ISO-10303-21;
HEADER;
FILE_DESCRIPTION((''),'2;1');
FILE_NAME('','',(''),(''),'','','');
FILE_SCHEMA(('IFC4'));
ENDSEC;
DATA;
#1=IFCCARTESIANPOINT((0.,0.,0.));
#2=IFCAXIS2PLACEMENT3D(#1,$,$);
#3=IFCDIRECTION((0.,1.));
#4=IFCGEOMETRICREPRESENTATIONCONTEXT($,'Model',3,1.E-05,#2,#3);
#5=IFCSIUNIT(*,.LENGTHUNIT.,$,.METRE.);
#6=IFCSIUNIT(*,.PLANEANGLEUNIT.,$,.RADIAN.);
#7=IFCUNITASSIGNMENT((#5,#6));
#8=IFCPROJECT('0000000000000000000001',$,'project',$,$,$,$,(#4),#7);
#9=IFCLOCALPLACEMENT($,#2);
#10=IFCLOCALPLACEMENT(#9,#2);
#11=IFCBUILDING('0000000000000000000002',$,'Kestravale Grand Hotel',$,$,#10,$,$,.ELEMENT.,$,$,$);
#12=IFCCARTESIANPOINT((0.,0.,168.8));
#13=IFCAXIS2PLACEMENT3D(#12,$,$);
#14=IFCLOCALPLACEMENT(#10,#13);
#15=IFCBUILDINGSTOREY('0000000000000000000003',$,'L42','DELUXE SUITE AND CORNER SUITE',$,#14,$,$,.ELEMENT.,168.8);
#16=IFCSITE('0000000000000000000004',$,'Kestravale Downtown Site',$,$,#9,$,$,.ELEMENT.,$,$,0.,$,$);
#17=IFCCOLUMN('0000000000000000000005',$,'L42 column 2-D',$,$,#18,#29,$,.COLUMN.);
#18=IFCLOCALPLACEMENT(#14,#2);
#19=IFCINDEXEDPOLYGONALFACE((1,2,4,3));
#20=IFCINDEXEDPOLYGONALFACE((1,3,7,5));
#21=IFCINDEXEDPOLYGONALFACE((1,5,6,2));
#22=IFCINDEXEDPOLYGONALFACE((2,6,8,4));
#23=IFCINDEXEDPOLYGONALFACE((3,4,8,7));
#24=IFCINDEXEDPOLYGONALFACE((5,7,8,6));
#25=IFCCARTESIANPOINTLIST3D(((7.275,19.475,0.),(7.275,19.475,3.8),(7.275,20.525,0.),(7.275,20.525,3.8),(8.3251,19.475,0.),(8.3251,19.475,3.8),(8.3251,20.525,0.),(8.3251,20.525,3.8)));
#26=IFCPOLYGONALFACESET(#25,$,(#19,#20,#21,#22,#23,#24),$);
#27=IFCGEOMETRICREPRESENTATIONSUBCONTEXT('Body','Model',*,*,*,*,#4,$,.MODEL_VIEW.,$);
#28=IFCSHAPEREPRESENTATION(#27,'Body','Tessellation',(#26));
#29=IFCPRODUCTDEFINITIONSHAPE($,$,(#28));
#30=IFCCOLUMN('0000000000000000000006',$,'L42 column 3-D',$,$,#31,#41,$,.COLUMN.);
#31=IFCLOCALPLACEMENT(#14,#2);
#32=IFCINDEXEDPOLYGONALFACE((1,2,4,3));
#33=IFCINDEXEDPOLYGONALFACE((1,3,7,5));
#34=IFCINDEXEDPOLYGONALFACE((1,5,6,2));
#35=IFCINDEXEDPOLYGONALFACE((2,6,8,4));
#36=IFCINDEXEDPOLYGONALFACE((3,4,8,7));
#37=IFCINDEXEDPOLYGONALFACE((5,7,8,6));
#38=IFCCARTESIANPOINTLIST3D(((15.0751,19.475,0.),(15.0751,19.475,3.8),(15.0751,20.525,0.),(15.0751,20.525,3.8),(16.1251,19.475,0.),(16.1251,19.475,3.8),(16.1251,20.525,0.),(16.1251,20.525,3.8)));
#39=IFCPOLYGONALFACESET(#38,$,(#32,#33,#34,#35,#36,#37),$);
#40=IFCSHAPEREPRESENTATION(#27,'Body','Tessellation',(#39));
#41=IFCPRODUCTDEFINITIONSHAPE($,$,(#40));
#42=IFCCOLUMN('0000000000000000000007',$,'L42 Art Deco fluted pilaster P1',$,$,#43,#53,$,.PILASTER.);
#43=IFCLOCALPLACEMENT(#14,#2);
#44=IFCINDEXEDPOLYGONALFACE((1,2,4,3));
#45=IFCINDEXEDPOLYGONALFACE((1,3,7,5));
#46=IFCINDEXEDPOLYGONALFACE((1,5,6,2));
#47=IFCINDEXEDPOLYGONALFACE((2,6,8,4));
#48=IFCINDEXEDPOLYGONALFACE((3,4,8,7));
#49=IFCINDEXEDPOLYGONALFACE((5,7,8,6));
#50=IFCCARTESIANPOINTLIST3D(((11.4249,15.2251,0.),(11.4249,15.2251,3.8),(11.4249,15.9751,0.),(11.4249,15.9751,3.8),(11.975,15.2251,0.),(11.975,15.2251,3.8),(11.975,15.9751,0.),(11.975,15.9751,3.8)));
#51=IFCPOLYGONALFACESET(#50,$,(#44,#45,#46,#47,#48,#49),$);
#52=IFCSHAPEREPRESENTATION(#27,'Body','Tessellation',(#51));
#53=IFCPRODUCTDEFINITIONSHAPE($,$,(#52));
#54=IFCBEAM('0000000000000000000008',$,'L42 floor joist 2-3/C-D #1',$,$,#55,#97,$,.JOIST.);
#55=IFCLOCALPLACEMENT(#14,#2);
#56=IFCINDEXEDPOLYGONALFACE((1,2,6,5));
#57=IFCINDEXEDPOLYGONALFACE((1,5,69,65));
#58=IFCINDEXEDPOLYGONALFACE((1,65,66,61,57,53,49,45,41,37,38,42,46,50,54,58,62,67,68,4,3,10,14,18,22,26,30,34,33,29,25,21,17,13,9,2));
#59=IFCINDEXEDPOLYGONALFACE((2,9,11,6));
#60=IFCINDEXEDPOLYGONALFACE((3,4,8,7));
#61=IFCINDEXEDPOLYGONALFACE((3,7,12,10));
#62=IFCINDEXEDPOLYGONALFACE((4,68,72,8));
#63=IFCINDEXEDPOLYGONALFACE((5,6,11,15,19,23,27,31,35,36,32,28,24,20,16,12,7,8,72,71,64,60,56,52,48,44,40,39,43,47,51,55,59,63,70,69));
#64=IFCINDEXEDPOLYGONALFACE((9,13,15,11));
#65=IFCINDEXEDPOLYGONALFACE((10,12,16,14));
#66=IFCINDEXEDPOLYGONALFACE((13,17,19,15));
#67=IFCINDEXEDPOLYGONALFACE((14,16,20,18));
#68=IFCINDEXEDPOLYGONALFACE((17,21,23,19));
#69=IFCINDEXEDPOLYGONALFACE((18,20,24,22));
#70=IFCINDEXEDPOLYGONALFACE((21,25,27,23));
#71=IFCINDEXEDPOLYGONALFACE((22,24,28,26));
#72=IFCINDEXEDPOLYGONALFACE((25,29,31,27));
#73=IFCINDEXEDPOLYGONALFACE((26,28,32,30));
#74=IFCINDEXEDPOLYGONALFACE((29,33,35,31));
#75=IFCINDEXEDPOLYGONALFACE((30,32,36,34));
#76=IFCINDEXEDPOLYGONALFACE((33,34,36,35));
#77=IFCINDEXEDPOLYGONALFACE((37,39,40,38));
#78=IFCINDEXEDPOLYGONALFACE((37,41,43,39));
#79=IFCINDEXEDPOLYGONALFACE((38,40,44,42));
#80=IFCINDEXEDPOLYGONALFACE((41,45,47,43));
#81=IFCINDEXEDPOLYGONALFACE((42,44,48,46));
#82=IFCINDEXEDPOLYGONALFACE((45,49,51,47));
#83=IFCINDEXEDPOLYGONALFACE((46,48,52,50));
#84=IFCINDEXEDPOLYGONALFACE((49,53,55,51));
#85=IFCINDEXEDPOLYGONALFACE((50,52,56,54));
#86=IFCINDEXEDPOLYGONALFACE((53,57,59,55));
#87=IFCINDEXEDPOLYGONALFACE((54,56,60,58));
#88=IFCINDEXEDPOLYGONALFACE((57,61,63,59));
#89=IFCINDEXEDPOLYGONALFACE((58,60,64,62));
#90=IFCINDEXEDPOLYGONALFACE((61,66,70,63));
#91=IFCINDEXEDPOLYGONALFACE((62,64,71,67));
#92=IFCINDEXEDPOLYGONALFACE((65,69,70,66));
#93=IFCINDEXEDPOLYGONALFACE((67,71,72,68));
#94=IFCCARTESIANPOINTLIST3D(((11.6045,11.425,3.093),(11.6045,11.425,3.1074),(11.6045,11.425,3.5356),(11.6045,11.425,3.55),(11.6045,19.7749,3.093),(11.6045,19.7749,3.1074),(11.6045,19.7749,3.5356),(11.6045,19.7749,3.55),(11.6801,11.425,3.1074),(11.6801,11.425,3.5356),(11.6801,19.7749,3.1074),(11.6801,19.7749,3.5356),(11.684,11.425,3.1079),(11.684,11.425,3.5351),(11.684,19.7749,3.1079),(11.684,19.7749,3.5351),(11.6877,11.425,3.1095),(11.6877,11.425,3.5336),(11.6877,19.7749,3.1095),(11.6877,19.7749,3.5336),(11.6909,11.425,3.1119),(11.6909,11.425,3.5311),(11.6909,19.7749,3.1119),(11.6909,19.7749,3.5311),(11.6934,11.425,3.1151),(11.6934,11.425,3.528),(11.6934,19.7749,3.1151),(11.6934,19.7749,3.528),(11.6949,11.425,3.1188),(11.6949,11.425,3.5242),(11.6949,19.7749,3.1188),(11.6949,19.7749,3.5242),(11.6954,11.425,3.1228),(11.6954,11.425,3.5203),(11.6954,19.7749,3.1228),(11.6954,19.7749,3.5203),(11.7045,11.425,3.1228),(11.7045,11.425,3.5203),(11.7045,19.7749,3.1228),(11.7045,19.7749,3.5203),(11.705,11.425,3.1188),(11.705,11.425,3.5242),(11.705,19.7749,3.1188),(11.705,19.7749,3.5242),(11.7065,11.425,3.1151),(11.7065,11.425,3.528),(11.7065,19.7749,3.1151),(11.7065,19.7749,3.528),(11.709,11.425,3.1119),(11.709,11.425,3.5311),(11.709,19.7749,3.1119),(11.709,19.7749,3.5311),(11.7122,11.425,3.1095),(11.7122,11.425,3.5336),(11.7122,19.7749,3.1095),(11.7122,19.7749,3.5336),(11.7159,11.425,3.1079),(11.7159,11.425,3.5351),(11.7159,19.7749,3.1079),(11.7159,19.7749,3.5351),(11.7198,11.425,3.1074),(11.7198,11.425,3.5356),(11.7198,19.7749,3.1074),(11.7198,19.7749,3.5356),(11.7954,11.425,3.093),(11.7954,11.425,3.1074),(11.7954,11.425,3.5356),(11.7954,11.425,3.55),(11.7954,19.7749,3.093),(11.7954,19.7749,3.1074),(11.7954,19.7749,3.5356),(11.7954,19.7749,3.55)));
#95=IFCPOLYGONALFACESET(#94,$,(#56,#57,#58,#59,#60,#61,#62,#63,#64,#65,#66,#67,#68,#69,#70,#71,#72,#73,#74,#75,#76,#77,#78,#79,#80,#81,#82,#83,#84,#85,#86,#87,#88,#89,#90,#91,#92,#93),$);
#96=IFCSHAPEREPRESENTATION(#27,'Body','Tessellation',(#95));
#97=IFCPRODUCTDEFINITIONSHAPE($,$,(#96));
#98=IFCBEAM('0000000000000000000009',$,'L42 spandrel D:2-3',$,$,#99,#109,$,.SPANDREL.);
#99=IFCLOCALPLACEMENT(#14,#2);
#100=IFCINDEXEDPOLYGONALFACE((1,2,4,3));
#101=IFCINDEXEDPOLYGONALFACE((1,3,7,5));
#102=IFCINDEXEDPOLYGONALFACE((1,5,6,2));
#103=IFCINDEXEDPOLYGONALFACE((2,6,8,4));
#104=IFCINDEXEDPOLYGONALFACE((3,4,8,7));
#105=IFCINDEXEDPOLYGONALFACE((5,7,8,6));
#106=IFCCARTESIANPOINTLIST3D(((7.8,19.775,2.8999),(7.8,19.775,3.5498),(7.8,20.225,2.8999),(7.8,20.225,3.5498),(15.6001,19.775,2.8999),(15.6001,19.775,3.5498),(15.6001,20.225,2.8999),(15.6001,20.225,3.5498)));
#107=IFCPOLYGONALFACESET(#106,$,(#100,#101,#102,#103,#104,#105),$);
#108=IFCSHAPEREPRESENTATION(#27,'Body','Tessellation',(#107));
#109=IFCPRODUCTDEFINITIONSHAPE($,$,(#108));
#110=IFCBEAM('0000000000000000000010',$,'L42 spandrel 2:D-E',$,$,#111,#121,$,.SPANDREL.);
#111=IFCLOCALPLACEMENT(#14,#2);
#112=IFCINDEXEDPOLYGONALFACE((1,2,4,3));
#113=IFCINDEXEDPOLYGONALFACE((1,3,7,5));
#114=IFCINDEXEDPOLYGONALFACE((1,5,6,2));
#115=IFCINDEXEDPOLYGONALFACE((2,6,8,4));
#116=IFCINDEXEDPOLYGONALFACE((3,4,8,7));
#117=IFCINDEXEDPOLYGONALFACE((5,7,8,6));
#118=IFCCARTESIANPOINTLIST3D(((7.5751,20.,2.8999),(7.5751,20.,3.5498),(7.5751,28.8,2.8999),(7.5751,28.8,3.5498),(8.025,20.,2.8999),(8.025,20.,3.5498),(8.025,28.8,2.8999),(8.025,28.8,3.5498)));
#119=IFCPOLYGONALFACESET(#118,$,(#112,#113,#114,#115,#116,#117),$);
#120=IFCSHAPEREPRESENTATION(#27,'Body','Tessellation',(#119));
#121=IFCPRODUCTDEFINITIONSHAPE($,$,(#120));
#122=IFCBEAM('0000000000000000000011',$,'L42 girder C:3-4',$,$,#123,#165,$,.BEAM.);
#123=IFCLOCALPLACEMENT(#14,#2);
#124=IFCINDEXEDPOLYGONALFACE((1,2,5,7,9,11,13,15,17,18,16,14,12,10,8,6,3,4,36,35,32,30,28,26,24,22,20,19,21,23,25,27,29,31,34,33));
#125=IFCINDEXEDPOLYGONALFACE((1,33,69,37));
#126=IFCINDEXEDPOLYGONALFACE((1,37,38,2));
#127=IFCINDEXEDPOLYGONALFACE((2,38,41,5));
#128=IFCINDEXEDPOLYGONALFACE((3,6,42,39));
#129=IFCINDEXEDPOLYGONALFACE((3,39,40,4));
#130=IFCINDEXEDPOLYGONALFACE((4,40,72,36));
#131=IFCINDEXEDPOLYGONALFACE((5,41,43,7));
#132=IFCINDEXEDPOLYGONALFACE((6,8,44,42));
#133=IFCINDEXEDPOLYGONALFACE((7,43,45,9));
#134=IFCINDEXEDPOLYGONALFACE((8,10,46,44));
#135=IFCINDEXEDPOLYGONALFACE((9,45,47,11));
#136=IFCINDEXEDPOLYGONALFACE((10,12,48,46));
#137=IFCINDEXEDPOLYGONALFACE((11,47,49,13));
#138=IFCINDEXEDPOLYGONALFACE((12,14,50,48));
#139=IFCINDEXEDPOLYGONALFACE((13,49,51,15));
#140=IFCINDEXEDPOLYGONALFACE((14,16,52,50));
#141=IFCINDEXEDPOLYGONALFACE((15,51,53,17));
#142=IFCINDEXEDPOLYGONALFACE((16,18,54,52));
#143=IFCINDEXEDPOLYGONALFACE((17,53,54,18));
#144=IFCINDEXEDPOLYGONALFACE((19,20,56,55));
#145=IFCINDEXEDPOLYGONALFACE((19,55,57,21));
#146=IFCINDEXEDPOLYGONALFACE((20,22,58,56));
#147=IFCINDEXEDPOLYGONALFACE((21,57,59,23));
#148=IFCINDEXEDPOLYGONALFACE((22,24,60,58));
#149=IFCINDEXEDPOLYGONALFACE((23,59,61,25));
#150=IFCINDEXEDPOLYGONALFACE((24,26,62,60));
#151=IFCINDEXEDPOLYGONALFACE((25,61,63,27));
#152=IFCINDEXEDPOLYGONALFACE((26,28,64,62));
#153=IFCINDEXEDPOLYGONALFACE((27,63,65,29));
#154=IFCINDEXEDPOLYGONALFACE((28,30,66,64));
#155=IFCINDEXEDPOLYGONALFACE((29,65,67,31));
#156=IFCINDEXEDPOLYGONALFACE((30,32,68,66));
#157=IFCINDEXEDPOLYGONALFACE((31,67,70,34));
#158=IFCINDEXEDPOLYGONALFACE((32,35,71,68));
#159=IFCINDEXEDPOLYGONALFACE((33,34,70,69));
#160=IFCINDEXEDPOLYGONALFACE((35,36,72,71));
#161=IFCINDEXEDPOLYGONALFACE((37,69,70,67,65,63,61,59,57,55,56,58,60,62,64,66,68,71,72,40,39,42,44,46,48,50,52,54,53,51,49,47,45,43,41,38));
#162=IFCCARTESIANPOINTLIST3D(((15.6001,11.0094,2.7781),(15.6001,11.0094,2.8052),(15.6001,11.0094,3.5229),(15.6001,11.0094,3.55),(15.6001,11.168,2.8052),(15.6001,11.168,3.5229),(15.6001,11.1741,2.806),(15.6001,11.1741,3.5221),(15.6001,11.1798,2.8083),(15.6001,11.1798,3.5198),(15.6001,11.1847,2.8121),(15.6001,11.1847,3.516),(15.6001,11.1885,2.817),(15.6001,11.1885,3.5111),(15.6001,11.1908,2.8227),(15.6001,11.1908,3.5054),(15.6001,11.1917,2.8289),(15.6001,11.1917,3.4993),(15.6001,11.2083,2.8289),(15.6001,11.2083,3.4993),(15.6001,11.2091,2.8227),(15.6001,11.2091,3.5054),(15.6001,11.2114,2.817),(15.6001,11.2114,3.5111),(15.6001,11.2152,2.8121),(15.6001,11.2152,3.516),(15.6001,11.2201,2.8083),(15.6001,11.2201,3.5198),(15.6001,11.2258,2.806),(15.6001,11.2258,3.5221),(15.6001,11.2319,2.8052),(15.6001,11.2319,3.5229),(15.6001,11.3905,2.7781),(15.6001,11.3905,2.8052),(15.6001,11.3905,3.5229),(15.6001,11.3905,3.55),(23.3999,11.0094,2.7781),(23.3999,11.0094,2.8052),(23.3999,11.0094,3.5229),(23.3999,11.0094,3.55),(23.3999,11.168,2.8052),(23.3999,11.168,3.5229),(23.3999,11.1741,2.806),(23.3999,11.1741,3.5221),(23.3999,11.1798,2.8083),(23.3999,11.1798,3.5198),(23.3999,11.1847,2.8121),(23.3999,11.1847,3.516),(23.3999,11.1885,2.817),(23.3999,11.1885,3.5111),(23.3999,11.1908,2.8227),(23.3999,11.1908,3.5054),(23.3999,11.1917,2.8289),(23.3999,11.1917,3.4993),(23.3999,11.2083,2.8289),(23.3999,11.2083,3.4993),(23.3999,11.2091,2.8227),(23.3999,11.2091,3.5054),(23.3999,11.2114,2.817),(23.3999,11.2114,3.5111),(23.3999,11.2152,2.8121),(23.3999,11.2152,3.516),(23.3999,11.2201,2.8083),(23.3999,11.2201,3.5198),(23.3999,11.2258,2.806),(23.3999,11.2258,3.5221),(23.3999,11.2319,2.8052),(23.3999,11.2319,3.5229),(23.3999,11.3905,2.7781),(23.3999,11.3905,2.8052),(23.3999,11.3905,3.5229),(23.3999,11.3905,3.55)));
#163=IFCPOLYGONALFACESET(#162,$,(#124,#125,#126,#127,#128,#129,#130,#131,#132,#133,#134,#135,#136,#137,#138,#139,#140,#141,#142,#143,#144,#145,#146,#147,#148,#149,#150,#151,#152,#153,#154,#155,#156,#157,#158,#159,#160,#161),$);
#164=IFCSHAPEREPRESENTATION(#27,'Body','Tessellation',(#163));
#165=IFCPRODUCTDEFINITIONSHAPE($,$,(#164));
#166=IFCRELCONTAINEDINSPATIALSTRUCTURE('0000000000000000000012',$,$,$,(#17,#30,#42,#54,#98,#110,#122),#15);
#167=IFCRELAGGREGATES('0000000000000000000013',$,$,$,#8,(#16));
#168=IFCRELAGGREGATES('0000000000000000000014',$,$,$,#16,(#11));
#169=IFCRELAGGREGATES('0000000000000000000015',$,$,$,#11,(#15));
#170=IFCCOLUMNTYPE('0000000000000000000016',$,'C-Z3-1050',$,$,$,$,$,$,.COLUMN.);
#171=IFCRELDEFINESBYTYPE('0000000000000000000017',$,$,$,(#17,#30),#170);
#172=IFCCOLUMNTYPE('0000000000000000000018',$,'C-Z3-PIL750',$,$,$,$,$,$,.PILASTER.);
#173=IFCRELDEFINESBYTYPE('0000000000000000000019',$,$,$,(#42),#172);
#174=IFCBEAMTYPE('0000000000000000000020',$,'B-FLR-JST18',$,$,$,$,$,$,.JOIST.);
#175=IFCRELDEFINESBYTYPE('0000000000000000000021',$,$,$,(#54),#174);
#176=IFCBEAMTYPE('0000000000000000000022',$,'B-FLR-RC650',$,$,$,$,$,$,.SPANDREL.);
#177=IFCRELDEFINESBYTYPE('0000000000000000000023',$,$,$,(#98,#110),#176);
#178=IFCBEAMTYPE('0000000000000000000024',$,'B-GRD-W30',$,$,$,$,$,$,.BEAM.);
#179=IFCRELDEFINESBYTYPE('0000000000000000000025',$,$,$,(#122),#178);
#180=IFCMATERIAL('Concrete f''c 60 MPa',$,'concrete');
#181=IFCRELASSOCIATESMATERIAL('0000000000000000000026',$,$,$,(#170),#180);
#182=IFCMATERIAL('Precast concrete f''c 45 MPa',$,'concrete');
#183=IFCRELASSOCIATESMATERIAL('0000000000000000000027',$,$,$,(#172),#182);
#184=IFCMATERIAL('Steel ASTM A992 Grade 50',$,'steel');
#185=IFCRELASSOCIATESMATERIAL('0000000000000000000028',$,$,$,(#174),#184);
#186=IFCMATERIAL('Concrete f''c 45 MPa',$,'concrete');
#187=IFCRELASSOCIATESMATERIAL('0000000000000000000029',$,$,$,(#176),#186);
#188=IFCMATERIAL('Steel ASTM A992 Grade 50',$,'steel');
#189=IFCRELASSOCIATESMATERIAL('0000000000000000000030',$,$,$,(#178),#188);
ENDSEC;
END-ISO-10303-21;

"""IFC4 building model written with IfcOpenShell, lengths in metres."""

from ifc_helpers import new_model, si_unit, direction, frame, origin, origin_2d, place, context, subcontext, project, spatial, rectangle, i_section, extrude, material, material_profile, profile_set, type_object, element, save


model = new_model("IFC4")

# Units and contexts
model_context = context("Model", 3, precision=1e-05, world=origin(), true_north=direction((0.0, 1.0)))
body_context = subcontext(model_context, "Body", "Model", "MODEL_VIEW")
ifc_project = project(units=[si_unit("LENGTHUNIT", "METRE"), si_unit("PLANEANGLEUNIT", "RADIAN")], contexts=[model_context])

# Site, building, storey
site_placement = place(None, origin())
site = spatial("IfcSite", under=ifc_project, at=site_placement, Name="Kestravale Downtown Site", CompositionType="ELEMENT", RefElevation=0.0)
building_placement = place(site_placement, origin())
building = spatial("IfcBuilding", under=site, at=building_placement, Name="Kestravale Grand Hotel", CompositionType="ELEMENT")
storey_placement = place(building_placement, frame((0.0, 0.0, 168.8)))
storey = spatial("IfcBuildingStorey", under=building, at=storey_placement, Name="L42", Description="DELUXE SUITE AND CORNER SUITE", CompositionType="ELEMENT", Elevation=168.8)

# Columns
ifc_material_1 = material(Name="Concrete f'c 60 MPa", Category="concrete")
ifc_material_profile_1 = material_profile(ifc_material_1, rectangle(XDim=1.05, YDim=1.05, at=origin_2d()))
ifc_profile_set_1 = profile_set([ifc_material_profile_1], Name="Concrete f'c 60 MPa")
column_type_1 = type_object("IfcColumnType", Name="C-Z3-1050", PredefinedType="COLUMN", material=ifc_profile_set_1)
for number, where, z_axis, x_axis, name in (
    (1, (7.8, 20.0, 0.0), (0.0, 0.0, 1.0), (1.0, 0.0, 0.0), "L42 column 2-D"),
    (2, (15.6001, 20.0, 0.0), (0.0, 0.0, 1.0), (1.0, 0.0, 0.0), "L42 column 3-D"),
):
    element("IfcColumn", number, at=place(storey_placement, frame(where, z_axis=z_axis, x_axis=x_axis)), inside=storey, type_object=column_type_1, Name=name, PredefinedType="COLUMN", context=body_context, shape_type="SweptSolid", body=[
        extrude(rectangle(XDim=1.05, YDim=1.05, at=origin_2d()), origin(), (0.0, 0.0, 1.0), 3.8),
    ])
ifc_material_2 = material(Name="Precast concrete f'c 45 MPa", Category="concrete")
ifc_material_profile_2 = material_profile(ifc_material_2, rectangle(XDim=0.55, YDim=0.75, at=origin_2d()))
ifc_profile_set_2 = profile_set([ifc_material_profile_2], Name="Precast concrete f'c 45 MPa")
column_type_2 = type_object("IfcColumnType", Name="C-Z3-PIL750", PredefinedType="PILASTER", material=ifc_profile_set_2)
column_placement = place(storey_placement, frame((11.7, 15.6001, 0.0), z_axis=(0.0, 0.0, 1.0), x_axis=(1.0, 0.0, 0.0)))
element("IfcColumn", 3, at=column_placement, inside=storey, type_object=column_type_2, Name="L42 Art Deco fluted pilaster P1", PredefinedType="PILASTER", context=body_context, shape_type="SweptSolid", body=[
    extrude(rectangle(XDim=0.55, YDim=0.75, at=origin_2d()), origin(), (0.0, 0.0, 1.0), 3.8),
])

# Beams
ifc_material_3 = material(Name="Steel ASTM A992 Grade 50", Category="steel")
ifc_material_profile_3 = material_profile(ifc_material_3, i_section(OverallWidth=0.1909, OverallDepth=0.457, WebThickness=0.009, FlangeThickness=0.0144, FilletRadius=0.0154, at=origin_2d()))
ifc_profile_set_3 = profile_set([ifc_material_profile_3], Name="Steel ASTM A992 Grade 50")
beam_type_1 = type_object("IfcBeamType", Name="B-FLR-JST18", PredefinedType="JOIST", material=ifc_profile_set_3)
beam_1_placement = place(storey_placement, frame((11.7, 11.425, 3.3215), z_axis=(0.0, 1.0, 0.0), x_axis=(-1.0, 0.0, 0.0)))
element("IfcBeam", 4, at=beam_1_placement, inside=storey, type_object=beam_type_1, Name="L42 floor joist 2-3/C-D #1", PredefinedType="JOIST", context=body_context, shape_type="SweptSolid", body=[
    extrude(i_section(OverallWidth=0.1909, OverallDepth=0.457, WebThickness=0.009, FlangeThickness=0.0144, FilletRadius=0.0154, at=origin_2d()), origin(), (0.0, 0.0, 1.0), 8.3499),
])
ifc_material_4 = material(Name="Concrete f'c 45 MPa", Category="concrete")
ifc_material_profile_4 = material_profile(ifc_material_4, rectangle(XDim=0.45, YDim=0.6499, at=origin_2d()))
ifc_profile_set_4 = profile_set([ifc_material_profile_4], Name="Concrete f'c 45 MPa")
beam_type_2 = type_object("IfcBeamType", Name="B-FLR-RC650", PredefinedType="SPANDREL", material=ifc_profile_set_4)
beam_2_placement = place(storey_placement, frame((7.8, 20.0, 3.2249), z_axis=(1.0, 0.0, 0.0), x_axis=(0.0, 1.0, 0.0)))
element("IfcBeam", 5, at=beam_2_placement, inside=storey, type_object=beam_type_2, Name="L42 spandrel D:2-3", PredefinedType="SPANDREL", context=body_context, shape_type="SweptSolid", body=[
    extrude(rectangle(XDim=0.45, YDim=0.6499, at=origin_2d()), origin(), (0.0, 0.0, 1.0), 7.8),
])
beam_3_placement = place(storey_placement, frame((7.8, 20.0, 3.2249), z_axis=(0.0, 1.0, 0.0), x_axis=(-1.0, 0.0, 0.0)))
element("IfcBeam", 6, at=beam_3_placement, inside=storey, type_object=beam_type_2, Name="L42 spandrel 2:D-E", PredefinedType="SPANDREL", context=body_context, shape_type="SweptSolid", body=[
    extrude(rectangle(XDim=0.45, YDim=0.6499, at=origin_2d()), origin(), (0.0, 0.0, 1.0), 8.8),
])
ifc_material_5 = material(Name="Steel ASTM A992 Grade 50", Category="steel")
ifc_material_profile_5 = material_profile(ifc_material_5, i_section(OverallWidth=0.3811, OverallDepth=0.772, WebThickness=0.0166, FlangeThickness=0.0271, FilletRadius=0.0237, at=origin_2d()))
ifc_profile_set_5 = profile_set([ifc_material_profile_5], Name="Steel ASTM A992 Grade 50")
beam_type_3 = type_object("IfcBeamType", Name="B-GRD-W30", PredefinedType="BEAM", material=ifc_profile_set_5)
for number, where, z_axis, x_axis, name in (
    (7, (15.6001, 11.2, 3.1641), (1.0, 0.0, 0.0), (0.0, 1.0, 0.0), "L42 girder C:3-4"),
):
    element("IfcBeam", number, at=place(storey_placement, frame(where, z_axis=z_axis, x_axis=x_axis)), inside=storey, type_object=beam_type_3, Name=name, PredefinedType="BEAM", context=body_context, shape_type="SweptSolid", body=[
        extrude(i_section(OverallWidth=0.3811, OverallDepth=0.772, WebThickness=0.0166, FlangeThickness=0.0271, FilletRadius=0.0237, at=origin_2d()), origin(), (0.0, 0.0, 1.0), 7.7998),
    ])

save(model, "model.ifc")
